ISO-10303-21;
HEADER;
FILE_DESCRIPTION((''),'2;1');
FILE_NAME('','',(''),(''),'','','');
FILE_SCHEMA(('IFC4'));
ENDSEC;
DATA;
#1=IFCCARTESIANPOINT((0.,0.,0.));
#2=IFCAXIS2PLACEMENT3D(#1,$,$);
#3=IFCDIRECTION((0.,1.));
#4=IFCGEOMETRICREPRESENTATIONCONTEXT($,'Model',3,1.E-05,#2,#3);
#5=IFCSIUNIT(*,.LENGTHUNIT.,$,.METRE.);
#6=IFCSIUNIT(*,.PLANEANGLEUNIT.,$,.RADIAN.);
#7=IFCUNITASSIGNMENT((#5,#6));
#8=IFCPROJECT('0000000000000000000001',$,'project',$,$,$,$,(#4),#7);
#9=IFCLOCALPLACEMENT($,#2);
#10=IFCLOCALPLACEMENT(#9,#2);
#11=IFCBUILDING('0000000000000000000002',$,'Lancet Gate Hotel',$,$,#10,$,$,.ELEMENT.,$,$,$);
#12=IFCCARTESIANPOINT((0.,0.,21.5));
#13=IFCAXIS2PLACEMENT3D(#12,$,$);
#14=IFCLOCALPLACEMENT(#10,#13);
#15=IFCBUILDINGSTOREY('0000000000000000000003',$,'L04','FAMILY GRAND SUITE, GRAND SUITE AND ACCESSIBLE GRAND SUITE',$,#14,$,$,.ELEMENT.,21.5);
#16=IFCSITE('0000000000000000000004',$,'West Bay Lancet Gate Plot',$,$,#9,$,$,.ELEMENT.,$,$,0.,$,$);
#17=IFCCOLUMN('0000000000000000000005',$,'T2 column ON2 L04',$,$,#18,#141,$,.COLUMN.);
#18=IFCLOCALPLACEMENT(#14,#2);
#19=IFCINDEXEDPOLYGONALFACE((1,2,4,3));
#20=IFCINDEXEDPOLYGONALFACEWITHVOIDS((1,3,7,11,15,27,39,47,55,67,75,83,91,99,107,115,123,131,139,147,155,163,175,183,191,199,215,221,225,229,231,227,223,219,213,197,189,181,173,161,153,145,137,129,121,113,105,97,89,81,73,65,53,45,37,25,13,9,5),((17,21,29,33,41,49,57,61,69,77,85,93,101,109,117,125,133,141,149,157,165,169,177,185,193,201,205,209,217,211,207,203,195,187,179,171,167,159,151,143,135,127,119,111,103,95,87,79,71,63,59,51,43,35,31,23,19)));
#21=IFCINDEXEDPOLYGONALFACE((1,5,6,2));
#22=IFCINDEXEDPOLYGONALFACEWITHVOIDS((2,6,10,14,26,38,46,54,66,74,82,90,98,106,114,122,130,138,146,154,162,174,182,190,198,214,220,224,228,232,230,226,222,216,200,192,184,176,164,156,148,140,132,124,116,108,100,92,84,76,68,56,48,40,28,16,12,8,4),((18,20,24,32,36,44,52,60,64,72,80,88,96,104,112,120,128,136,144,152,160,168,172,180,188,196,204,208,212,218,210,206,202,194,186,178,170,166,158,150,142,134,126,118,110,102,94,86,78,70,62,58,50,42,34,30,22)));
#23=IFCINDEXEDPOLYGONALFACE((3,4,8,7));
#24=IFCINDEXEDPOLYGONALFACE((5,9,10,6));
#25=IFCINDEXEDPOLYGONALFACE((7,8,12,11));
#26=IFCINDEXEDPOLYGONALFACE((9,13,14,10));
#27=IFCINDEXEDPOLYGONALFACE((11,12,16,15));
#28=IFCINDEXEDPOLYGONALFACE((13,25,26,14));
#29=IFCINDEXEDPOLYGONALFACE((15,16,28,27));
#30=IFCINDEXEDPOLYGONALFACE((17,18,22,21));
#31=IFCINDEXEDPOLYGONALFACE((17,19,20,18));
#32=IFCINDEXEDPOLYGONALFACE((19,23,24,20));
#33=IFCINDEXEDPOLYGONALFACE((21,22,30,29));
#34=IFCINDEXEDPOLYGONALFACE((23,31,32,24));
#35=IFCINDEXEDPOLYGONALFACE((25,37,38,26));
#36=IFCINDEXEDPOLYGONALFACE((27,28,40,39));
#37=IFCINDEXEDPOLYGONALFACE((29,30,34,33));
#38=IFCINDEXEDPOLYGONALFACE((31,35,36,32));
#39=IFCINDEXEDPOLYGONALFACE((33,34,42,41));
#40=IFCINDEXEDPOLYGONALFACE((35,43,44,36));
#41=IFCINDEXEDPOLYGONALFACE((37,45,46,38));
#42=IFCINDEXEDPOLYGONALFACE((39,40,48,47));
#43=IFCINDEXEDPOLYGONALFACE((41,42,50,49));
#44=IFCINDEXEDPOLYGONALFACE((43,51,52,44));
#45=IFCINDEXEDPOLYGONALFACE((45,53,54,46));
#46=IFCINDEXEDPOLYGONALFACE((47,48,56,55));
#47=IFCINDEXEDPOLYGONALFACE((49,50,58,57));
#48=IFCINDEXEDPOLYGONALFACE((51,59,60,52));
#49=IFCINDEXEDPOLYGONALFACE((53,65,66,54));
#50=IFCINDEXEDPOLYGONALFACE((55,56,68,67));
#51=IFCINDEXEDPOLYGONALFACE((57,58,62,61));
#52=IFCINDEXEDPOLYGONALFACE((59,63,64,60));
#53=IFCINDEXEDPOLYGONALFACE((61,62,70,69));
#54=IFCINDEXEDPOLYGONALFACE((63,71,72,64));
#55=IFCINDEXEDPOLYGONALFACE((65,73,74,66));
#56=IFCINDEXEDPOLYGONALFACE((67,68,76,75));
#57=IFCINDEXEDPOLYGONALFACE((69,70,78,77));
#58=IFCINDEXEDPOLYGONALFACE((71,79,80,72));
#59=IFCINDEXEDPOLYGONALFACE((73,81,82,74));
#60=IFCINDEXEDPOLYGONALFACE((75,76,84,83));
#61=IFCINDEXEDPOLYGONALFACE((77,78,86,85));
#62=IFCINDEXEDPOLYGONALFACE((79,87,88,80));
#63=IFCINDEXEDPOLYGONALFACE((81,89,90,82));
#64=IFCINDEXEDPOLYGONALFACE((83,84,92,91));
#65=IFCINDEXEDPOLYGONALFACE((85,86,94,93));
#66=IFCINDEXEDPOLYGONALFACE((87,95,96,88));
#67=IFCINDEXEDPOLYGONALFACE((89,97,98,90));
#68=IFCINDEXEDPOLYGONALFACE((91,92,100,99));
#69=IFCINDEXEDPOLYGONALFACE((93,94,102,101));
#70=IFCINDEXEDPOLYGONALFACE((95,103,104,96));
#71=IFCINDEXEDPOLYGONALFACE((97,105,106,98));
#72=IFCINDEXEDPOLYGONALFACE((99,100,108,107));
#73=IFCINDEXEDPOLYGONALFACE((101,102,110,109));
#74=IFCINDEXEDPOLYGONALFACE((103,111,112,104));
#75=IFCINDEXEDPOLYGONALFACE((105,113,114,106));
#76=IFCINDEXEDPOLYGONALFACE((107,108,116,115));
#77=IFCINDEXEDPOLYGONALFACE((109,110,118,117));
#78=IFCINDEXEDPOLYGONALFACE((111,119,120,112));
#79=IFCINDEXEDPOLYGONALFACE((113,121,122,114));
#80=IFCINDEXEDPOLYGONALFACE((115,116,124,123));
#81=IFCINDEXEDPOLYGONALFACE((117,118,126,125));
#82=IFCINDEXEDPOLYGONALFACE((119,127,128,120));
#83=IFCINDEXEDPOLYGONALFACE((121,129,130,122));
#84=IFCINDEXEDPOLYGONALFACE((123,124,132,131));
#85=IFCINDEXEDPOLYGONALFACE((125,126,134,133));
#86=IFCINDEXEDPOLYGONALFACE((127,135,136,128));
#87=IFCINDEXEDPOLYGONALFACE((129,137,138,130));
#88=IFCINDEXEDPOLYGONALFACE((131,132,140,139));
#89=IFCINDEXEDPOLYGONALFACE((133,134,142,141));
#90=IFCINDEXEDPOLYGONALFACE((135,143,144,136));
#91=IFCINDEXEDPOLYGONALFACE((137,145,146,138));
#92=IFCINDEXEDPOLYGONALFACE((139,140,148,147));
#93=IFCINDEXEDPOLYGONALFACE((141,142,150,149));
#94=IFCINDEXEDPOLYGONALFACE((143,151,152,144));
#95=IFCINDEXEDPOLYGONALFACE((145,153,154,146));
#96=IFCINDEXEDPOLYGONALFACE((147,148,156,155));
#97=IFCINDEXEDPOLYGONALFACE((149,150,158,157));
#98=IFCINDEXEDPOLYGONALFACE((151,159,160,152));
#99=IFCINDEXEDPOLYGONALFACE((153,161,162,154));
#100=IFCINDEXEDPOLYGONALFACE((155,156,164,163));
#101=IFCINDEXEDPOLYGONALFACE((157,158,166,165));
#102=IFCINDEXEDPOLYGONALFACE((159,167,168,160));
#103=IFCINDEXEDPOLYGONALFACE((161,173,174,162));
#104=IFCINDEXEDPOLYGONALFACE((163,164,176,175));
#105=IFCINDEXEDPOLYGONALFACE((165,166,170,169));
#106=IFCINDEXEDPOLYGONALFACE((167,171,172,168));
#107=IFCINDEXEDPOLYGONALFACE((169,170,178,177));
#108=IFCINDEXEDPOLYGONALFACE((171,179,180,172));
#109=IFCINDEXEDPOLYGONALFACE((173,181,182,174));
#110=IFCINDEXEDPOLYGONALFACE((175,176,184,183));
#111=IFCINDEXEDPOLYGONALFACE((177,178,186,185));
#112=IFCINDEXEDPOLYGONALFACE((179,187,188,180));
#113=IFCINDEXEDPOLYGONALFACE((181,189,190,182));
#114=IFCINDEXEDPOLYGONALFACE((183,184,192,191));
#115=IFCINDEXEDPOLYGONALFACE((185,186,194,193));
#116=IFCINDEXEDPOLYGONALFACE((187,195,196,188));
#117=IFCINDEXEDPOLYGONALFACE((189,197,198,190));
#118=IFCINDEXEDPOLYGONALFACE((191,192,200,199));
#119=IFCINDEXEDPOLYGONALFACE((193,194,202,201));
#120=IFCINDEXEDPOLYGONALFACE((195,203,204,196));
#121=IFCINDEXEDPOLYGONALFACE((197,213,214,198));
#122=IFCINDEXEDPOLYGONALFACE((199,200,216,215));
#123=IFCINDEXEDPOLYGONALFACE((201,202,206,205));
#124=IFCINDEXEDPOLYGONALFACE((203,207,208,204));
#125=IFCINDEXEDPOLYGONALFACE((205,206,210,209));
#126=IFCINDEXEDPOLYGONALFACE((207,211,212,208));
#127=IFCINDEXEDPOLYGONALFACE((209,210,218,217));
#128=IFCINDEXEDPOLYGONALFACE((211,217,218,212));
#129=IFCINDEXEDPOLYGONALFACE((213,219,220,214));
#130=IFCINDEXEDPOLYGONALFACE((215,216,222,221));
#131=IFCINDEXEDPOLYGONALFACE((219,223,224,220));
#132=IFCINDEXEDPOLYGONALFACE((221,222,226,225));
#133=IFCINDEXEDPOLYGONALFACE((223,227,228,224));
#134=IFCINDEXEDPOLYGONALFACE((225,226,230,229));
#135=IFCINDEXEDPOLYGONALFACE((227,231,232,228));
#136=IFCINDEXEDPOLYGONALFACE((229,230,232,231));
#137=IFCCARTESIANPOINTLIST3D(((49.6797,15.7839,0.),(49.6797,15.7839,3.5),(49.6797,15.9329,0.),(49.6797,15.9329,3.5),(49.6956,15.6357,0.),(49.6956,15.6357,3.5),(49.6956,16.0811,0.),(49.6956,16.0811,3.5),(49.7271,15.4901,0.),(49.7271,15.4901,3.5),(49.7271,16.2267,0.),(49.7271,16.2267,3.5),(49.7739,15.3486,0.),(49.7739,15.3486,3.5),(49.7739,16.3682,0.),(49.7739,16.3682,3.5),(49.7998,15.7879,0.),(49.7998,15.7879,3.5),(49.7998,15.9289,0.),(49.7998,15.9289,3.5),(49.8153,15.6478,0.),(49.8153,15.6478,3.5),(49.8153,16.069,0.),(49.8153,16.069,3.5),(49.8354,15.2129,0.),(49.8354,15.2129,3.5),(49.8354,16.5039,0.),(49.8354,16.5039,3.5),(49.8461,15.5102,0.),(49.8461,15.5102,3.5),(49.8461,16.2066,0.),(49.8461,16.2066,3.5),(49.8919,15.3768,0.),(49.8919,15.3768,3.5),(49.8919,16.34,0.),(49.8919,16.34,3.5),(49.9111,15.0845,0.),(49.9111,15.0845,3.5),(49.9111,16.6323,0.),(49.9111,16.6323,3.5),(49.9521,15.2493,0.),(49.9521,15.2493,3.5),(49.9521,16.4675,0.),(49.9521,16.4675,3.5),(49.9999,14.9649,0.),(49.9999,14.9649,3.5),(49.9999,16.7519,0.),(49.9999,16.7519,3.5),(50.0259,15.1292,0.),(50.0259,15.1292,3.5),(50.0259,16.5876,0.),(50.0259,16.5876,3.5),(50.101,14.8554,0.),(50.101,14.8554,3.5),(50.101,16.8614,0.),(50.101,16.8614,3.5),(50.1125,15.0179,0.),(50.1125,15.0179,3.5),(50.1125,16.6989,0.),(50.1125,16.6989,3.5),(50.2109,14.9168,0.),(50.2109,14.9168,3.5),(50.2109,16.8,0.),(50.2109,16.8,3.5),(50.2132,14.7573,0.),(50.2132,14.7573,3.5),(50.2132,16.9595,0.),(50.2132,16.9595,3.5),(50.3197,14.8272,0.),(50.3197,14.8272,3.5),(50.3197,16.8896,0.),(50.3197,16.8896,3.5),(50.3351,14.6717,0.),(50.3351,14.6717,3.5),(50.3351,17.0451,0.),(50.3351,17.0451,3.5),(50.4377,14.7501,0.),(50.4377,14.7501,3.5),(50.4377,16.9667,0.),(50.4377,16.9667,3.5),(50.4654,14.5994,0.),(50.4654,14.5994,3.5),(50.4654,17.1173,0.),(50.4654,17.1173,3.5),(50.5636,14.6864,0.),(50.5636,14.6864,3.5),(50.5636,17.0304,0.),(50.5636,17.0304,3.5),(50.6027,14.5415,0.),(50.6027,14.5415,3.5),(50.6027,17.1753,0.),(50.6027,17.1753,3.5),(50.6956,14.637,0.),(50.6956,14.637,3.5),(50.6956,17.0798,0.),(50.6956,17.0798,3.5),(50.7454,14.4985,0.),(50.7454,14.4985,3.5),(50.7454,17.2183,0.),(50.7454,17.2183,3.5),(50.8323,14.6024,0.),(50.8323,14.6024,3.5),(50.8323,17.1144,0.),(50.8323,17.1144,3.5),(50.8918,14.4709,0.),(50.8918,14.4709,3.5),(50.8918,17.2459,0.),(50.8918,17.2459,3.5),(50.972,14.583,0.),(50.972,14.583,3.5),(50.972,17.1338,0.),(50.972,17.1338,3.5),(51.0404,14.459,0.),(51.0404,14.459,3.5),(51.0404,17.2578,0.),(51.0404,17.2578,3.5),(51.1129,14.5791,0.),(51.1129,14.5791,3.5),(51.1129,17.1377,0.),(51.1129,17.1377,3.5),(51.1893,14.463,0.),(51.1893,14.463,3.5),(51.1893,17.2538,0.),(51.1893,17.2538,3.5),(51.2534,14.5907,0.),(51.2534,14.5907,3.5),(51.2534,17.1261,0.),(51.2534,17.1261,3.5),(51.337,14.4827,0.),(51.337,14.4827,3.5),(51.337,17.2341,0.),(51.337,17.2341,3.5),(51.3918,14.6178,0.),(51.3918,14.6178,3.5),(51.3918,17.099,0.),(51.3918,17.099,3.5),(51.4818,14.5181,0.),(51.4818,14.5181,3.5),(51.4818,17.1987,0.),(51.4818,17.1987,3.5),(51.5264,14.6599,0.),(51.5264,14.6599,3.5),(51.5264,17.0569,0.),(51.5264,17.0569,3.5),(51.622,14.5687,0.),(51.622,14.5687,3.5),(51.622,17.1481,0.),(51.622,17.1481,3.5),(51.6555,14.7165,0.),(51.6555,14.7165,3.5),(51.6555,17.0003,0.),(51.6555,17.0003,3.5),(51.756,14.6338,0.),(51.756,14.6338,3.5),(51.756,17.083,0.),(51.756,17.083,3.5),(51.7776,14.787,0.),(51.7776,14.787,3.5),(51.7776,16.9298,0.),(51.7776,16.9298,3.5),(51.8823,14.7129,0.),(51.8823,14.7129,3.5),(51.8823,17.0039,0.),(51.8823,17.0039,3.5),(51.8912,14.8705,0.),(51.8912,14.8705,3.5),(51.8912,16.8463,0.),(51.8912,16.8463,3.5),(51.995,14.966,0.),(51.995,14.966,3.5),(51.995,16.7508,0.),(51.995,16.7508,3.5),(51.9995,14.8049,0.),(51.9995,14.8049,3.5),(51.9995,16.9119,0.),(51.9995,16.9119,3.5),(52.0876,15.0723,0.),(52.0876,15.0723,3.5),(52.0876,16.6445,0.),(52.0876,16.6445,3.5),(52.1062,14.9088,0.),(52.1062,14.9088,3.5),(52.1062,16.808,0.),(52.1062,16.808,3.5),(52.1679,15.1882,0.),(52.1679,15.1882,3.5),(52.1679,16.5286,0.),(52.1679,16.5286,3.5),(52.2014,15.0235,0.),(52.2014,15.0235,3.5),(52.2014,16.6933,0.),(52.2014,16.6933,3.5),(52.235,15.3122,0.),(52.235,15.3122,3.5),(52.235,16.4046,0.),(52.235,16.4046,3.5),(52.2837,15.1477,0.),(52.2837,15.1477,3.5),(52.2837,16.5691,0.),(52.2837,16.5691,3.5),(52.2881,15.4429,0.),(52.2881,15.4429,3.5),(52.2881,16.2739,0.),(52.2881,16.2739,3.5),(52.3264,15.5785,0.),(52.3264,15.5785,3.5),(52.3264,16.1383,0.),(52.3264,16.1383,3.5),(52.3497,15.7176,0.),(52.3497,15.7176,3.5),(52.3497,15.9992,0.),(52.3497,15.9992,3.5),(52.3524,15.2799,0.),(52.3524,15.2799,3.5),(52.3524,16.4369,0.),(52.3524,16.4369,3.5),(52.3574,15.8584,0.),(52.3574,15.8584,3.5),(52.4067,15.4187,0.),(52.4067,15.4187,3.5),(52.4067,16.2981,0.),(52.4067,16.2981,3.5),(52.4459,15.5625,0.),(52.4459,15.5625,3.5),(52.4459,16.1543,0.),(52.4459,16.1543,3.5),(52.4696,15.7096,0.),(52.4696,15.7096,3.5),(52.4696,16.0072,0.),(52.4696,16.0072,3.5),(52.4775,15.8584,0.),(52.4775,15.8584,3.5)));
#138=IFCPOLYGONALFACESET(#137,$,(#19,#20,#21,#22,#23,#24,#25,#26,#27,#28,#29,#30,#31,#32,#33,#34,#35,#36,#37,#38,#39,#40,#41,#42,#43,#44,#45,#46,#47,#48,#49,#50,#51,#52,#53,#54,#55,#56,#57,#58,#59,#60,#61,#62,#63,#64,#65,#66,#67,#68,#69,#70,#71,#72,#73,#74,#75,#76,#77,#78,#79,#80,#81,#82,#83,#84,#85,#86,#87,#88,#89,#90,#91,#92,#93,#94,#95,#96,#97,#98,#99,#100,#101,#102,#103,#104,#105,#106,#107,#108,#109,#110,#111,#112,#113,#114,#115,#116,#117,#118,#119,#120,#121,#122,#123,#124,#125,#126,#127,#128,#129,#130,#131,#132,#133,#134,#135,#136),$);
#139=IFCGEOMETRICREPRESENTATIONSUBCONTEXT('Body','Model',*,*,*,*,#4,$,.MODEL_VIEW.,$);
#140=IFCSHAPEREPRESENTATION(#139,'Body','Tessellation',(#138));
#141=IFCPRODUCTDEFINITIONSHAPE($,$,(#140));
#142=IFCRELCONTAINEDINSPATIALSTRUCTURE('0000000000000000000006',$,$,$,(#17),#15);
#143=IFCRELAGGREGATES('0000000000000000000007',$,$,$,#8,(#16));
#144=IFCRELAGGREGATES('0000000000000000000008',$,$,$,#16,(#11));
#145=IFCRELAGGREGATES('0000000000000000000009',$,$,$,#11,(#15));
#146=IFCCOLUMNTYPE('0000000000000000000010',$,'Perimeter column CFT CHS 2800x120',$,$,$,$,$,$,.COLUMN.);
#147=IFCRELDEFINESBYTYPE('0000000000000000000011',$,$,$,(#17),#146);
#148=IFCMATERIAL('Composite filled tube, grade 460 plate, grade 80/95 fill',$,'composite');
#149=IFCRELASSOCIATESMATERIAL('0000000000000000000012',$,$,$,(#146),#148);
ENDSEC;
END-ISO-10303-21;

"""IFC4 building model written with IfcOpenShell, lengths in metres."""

from ifc_helpers import new_model, si_unit, direction, frame, origin, origin_2d, place, context, subcontext, project, spatial, hollow_circle, extrude, material, material_profile, profile_set, type_object, element, save


model = new_model("IFC4")

# Units and contexts
model_context = context("Model", 3, precision=1e-05, world=origin(), true_north=direction((0.0, 1.0)))
body_context = subcontext(model_context, "Body", "Model", "MODEL_VIEW")
ifc_project = project(units=[si_unit("LENGTHUNIT", "METRE"), si_unit("PLANEANGLEUNIT", "RADIAN")], contexts=[model_context])

# Site, building, storey
site_placement = place(None, origin())
site = spatial("IfcSite", under=ifc_project, at=site_placement, Name="West Bay Lancet Gate Plot", CompositionType="ELEMENT", RefElevation=0.0)
building_placement = place(site_placement, origin())
building = spatial("IfcBuilding", under=site, at=building_placement, Name="Lancet Gate Hotel", CompositionType="ELEMENT")
storey_placement = place(building_placement, frame((0.0, 0.0, 21.5)))
storey = spatial("IfcBuildingStorey", under=building, at=storey_placement, Name="L04", Description="FAMILY GRAND SUITE, GRAND SUITE AND ACCESSIBLE GRAND SUITE", CompositionType="ELEMENT", Elevation=21.5)

# Column
ifc_material_1 = material(Name="Composite filled tube, grade 460 plate, grade 80/95 fill", Category="composite")
ifc_material_profile_1 = material_profile(ifc_material_1, hollow_circle(Radius=1.3999, WallThickness=0.1201, at=origin_2d()), Name="CHS 2800x120")
ifc_profile_set_1 = profile_set([ifc_material_profile_1], Name="Composite filled tube, grade 460 plate, grade 80/95 fill")
column_type = type_object("IfcColumnType", Name="Perimeter column CFT CHS 2800x120", PredefinedType="COLUMN", material=ifc_profile_set_1)
for number, where, z_axis, x_axis, name in (
    (1, (51.0776, 15.8584, 0.0), (0.0, 0.0, 1.0), (1.0, 0.0, 0.0), "T2 column ON2 L04"),
):
    element("IfcColumn", number, at=place(storey_placement, frame(where, z_axis=z_axis, x_axis=x_axis)), inside=storey, type_object=column_type, Name=name, PredefinedType="COLUMN", context=body_context, shape_type="SweptSolid", body=[
        extrude(hollow_circle(Radius=1.3999, WallThickness=0.1201, at=origin_2d()), origin(), (0.0, 0.0, 1.0), 3.5),
    ])

save(model, "model.ifc")
